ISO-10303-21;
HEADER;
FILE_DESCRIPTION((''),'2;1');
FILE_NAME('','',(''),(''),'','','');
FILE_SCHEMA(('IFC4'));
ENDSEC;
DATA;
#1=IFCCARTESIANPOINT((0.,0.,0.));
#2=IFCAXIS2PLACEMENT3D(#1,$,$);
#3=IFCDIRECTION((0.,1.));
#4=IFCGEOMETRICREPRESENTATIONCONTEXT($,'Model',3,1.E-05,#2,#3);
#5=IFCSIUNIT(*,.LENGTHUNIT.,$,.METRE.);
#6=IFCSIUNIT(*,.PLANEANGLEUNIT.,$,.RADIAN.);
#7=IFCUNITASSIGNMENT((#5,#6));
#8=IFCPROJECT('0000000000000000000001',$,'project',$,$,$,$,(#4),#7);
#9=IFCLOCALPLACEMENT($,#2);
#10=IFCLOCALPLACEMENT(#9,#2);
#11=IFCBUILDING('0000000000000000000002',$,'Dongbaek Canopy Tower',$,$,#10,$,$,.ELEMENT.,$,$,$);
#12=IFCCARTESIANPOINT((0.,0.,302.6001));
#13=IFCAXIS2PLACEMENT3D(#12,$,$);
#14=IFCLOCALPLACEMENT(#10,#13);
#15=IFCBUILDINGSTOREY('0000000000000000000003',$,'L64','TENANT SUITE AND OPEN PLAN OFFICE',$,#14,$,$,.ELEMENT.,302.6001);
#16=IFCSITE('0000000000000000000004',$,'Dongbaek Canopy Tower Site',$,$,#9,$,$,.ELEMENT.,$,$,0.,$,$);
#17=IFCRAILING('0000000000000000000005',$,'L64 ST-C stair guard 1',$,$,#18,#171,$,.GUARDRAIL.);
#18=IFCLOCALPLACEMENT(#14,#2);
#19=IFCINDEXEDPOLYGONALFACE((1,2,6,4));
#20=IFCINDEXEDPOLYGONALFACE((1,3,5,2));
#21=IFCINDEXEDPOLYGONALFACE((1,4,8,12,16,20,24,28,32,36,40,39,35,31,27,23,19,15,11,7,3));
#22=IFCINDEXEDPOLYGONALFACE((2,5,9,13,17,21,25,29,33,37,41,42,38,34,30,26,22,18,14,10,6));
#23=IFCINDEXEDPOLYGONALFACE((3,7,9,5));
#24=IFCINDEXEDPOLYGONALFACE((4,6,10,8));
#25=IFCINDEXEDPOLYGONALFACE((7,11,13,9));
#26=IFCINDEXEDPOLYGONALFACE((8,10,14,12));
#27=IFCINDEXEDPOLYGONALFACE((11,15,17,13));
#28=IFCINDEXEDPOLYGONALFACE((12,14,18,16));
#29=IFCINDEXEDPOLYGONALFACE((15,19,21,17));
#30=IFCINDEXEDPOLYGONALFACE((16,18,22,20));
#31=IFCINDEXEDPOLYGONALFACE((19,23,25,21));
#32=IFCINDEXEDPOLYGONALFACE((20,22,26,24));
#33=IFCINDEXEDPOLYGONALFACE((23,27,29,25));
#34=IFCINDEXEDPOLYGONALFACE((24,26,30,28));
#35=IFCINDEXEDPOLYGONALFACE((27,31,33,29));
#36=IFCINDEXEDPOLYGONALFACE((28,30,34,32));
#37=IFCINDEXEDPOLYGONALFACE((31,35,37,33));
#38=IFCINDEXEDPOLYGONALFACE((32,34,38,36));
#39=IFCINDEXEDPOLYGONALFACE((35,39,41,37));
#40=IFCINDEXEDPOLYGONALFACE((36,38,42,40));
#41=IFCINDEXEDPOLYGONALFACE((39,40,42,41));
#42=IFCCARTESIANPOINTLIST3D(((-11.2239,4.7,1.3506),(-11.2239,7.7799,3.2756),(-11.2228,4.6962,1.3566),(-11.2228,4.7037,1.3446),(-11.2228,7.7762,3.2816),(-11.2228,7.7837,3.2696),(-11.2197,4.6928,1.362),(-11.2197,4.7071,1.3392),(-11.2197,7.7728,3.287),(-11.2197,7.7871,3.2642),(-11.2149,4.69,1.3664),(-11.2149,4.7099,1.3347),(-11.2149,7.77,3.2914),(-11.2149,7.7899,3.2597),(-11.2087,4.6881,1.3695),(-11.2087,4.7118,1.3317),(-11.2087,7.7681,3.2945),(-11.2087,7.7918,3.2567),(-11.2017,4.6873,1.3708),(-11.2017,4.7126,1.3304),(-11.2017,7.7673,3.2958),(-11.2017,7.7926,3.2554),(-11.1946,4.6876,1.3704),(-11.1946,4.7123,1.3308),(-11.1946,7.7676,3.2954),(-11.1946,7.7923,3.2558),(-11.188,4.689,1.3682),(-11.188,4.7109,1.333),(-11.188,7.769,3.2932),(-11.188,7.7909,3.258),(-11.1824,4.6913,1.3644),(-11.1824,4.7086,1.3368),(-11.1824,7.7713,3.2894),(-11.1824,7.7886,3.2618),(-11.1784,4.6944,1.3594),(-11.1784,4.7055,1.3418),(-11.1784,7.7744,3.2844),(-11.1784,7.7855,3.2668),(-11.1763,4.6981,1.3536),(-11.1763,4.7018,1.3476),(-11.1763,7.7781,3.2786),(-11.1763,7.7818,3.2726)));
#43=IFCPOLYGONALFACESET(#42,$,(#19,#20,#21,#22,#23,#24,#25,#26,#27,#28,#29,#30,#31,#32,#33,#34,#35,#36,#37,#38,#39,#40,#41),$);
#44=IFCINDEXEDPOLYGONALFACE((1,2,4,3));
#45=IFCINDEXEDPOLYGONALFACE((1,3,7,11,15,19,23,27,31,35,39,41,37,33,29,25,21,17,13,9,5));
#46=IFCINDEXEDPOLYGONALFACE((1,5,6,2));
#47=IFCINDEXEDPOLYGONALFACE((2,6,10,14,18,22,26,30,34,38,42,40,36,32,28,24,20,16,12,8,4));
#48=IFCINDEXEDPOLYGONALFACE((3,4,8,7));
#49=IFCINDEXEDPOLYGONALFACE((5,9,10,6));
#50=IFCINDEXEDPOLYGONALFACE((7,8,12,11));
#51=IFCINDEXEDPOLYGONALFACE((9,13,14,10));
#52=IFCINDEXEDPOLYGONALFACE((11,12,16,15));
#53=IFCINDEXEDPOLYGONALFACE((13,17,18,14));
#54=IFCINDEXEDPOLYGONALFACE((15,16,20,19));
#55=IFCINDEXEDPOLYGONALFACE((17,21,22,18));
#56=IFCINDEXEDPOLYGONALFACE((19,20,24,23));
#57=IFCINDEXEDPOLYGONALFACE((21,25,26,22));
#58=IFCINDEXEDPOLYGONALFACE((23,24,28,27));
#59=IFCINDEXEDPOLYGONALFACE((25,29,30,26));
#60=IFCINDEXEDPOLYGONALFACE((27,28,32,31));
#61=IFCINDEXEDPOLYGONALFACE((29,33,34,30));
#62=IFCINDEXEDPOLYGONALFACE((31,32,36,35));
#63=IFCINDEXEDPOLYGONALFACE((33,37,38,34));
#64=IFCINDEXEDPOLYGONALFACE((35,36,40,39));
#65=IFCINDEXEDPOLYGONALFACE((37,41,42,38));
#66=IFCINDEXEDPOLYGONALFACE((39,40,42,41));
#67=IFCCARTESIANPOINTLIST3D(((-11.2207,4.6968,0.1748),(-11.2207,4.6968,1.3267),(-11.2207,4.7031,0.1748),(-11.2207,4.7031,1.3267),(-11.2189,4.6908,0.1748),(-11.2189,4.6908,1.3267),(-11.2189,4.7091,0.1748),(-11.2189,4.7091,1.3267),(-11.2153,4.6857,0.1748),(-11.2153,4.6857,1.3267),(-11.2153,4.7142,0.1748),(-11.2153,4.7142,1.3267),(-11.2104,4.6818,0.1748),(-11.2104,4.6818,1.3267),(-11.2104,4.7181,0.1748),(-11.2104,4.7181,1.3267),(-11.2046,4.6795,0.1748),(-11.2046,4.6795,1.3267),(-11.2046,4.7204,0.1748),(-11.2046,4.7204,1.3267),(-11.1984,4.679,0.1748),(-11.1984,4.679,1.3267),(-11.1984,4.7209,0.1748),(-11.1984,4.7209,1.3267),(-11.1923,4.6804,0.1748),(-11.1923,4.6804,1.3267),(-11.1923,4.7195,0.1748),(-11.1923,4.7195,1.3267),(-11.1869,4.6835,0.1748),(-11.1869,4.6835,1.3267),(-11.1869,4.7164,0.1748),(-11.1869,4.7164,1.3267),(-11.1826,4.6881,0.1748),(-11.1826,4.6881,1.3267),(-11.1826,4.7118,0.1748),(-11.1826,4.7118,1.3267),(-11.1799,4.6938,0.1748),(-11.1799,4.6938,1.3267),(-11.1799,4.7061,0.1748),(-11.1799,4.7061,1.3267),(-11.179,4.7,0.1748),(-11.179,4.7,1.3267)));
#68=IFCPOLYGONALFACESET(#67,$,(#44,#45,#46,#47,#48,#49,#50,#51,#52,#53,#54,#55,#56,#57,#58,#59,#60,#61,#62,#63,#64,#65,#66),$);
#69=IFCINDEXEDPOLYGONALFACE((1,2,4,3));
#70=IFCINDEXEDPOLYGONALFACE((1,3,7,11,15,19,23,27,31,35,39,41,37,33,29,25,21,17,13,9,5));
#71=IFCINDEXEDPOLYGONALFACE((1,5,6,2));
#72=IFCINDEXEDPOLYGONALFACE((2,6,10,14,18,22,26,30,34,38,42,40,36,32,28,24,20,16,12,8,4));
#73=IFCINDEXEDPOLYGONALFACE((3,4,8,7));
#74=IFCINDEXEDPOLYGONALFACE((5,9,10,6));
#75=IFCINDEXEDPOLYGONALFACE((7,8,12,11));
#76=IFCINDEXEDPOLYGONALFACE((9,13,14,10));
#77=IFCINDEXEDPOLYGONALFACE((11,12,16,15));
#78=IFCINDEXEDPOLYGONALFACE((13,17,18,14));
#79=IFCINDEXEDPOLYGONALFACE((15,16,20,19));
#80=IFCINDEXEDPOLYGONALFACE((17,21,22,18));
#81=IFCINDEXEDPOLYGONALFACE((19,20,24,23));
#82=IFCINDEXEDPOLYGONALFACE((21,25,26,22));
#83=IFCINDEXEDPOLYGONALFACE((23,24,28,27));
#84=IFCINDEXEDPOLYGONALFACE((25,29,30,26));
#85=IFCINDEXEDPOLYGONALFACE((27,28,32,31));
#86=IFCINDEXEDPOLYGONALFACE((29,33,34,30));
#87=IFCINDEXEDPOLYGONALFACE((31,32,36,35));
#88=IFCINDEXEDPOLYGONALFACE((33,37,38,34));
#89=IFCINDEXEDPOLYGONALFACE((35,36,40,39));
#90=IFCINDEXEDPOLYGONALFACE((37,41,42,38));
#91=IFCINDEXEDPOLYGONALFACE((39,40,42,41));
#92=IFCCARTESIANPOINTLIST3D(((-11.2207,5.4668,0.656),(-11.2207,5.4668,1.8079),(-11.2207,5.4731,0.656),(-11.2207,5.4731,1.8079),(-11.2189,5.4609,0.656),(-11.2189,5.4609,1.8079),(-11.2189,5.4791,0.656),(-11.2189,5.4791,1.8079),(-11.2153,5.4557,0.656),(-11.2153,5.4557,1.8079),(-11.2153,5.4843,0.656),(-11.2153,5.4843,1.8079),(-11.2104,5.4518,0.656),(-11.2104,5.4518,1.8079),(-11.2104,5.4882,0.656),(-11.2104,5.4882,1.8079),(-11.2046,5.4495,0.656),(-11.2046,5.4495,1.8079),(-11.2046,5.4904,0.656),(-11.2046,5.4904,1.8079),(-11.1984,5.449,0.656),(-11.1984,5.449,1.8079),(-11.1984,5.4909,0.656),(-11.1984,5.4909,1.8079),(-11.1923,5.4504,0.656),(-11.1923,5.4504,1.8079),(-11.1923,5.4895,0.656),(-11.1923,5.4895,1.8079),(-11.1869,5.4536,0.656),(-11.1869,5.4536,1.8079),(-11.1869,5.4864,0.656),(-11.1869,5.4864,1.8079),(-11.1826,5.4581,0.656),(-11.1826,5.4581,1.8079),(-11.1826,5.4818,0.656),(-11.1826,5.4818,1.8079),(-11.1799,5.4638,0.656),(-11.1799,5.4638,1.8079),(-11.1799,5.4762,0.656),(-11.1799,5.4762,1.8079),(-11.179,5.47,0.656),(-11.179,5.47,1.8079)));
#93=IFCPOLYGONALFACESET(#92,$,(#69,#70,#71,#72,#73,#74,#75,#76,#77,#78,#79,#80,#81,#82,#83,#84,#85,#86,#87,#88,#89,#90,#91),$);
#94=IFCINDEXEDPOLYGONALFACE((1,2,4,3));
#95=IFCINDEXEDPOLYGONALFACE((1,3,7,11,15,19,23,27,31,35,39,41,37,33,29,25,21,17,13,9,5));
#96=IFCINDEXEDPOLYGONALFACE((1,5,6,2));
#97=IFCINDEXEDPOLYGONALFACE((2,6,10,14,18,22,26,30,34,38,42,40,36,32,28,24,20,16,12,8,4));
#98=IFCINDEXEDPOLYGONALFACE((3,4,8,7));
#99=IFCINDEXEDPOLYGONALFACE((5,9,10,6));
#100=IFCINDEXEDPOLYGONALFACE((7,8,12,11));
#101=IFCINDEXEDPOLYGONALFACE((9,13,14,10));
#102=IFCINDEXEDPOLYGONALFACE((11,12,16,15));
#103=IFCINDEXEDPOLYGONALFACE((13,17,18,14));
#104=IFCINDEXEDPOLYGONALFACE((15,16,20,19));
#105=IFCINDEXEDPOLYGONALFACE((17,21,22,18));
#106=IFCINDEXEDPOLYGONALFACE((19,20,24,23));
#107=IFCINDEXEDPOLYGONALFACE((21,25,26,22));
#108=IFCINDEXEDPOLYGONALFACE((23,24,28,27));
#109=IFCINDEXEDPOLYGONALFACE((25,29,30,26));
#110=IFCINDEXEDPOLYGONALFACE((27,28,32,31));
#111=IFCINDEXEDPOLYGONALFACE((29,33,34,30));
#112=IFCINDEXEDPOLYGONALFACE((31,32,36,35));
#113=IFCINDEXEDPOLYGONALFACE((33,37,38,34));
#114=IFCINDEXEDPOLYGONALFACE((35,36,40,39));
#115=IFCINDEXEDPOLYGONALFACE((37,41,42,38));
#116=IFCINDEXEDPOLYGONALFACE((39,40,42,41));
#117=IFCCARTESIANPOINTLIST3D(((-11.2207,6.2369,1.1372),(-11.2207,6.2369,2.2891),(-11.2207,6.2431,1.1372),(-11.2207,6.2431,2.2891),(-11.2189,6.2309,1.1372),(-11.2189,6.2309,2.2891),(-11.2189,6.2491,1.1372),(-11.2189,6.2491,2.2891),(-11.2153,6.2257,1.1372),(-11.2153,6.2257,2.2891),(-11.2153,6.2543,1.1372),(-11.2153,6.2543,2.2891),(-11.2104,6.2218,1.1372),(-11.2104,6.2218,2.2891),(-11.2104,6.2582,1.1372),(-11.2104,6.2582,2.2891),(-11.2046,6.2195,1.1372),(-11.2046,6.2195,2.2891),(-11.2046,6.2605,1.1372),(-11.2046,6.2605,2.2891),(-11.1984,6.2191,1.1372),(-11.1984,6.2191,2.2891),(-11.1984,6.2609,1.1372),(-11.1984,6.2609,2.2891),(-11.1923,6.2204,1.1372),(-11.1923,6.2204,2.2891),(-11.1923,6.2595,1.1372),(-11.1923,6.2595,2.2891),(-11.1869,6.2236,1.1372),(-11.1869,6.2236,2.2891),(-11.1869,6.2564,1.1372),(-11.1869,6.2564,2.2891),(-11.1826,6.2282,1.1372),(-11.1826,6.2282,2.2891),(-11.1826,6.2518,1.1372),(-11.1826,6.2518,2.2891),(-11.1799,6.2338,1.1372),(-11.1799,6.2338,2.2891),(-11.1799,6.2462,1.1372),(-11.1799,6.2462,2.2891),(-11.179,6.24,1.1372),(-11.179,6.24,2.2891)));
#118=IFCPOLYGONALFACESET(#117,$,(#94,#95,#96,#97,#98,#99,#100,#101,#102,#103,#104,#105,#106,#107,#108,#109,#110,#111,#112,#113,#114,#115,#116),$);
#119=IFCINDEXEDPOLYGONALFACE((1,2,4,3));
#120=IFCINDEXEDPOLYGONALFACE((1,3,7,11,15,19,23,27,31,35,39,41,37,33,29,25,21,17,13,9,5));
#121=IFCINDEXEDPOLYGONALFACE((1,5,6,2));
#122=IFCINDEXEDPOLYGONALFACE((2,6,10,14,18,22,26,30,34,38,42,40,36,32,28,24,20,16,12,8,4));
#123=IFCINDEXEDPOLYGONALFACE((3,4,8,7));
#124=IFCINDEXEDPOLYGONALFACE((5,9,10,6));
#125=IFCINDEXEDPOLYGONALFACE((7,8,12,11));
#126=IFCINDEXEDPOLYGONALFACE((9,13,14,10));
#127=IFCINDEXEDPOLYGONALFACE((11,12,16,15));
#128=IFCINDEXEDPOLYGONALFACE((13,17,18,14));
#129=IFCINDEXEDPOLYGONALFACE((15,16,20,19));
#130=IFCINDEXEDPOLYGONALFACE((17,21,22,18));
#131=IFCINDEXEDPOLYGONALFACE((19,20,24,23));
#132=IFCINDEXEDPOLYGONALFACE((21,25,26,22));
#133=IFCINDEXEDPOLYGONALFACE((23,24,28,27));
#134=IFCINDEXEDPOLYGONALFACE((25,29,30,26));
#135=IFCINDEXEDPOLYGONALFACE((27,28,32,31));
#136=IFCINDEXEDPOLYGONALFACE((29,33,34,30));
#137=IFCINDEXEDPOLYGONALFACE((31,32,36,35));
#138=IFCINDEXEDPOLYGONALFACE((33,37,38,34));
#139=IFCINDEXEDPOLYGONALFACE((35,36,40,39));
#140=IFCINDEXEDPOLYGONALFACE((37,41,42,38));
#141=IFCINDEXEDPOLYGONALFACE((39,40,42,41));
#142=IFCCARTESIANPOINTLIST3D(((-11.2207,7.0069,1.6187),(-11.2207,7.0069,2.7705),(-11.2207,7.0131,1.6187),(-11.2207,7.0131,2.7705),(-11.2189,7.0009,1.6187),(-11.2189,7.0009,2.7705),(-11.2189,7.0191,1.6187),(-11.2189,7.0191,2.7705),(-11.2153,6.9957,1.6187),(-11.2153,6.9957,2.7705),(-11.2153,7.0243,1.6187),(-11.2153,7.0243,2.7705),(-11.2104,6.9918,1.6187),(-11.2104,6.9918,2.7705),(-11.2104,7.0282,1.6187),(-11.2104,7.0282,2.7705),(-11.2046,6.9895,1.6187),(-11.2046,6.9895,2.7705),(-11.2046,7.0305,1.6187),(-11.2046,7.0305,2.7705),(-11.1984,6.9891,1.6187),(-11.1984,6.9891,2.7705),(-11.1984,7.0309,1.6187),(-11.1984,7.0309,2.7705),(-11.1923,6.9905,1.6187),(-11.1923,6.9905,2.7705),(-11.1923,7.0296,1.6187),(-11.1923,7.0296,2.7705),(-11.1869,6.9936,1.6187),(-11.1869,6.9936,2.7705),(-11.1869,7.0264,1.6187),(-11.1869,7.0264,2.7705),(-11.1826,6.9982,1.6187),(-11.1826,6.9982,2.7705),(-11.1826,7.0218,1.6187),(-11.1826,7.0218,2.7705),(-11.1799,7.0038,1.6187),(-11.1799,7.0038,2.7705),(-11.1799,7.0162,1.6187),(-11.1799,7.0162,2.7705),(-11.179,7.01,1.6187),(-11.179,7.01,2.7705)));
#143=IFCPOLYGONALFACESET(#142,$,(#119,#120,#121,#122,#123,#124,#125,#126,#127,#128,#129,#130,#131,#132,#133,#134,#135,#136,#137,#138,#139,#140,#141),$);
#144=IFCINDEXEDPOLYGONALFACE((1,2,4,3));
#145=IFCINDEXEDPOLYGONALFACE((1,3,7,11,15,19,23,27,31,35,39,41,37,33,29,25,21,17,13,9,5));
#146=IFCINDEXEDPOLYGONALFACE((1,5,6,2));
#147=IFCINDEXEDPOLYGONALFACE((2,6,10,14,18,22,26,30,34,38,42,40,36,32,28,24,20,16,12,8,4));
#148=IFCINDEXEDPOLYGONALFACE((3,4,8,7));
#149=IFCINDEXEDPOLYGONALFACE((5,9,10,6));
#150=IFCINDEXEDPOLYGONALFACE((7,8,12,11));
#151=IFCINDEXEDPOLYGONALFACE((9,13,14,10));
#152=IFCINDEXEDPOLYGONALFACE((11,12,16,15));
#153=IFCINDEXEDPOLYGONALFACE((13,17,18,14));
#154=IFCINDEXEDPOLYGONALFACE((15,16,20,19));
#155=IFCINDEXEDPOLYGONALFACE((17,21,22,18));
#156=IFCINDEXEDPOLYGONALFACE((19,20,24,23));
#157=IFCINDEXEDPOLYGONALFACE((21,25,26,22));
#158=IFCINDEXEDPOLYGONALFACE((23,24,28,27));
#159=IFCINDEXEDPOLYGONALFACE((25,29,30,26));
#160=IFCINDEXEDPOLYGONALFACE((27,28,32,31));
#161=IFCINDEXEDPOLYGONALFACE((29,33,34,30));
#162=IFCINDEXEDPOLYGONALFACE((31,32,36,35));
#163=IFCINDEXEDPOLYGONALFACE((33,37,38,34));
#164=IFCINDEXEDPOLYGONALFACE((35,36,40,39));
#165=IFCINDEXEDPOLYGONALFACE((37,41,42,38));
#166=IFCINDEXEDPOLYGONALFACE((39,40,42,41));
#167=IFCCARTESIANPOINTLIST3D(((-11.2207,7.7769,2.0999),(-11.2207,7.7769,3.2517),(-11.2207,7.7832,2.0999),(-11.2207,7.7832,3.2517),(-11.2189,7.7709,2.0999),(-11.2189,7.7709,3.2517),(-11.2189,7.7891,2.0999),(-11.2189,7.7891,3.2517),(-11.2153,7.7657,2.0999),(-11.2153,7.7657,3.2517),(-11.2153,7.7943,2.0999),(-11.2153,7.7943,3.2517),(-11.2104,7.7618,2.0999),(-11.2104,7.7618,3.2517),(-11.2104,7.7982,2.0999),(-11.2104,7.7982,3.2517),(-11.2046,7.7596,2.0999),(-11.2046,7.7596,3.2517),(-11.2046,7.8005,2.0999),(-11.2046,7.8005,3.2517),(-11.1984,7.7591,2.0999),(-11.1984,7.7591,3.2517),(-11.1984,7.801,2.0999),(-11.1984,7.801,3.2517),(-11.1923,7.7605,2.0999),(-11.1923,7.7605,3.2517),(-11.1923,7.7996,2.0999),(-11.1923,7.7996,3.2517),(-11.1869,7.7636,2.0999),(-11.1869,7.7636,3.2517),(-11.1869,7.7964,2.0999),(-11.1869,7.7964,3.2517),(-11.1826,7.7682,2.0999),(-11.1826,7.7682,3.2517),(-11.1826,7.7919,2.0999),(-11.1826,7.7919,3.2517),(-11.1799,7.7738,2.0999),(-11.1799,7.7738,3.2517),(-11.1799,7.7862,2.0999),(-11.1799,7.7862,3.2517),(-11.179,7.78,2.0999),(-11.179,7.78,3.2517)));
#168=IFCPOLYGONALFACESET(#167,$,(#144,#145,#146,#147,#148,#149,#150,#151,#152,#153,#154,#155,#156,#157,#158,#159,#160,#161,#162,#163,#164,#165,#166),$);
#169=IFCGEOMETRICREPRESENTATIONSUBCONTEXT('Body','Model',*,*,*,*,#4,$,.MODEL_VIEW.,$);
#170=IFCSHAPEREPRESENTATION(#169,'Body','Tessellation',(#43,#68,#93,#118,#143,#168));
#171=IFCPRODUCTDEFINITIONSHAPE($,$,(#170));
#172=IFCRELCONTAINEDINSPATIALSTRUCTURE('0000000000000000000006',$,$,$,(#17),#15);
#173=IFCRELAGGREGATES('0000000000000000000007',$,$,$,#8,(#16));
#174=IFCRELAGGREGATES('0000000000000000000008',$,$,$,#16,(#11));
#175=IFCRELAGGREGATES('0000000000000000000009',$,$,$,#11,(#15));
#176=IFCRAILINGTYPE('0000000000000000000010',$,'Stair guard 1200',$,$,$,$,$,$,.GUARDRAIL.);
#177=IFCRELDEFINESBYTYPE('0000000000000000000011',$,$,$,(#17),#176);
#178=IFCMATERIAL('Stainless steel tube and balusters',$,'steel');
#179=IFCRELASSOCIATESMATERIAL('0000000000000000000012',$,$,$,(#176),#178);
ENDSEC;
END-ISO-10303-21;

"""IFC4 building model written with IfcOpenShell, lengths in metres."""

from ifc_helpers import new_model, si_unit, direction, frame, origin, origin_2d, place, context, subcontext, project, spatial, circle, extrude, material, type_object, element, save


model = new_model("IFC4")

# Units and contexts
model_context = context("Model", 3, precision=1e-05, world=origin(), true_north=direction((0.0, 1.0)))
body_context = subcontext(model_context, "Body", "Model", "MODEL_VIEW")
ifc_project = project(units=[si_unit("LENGTHUNIT", "METRE"), si_unit("PLANEANGLEUNIT", "RADIAN")], contexts=[model_context])

# Site, building, storey
site_placement = place(None, origin())
site = spatial("IfcSite", under=ifc_project, at=site_placement, Name="Dongbaek Canopy Tower Site", CompositionType="ELEMENT", RefElevation=0.0)
building_placement = place(site_placement, origin())
building = spatial("IfcBuilding", under=site, at=building_placement, Name="Dongbaek Canopy Tower", CompositionType="ELEMENT")
storey_placement = place(building_placement, frame((0.0, 0.0, 302.6001)))
storey = spatial("IfcBuildingStorey", under=building, at=storey_placement, Name="L64", Description="TENANT SUITE AND OPEN PLAN OFFICE", CompositionType="ELEMENT", Elevation=302.6001)

# Railing
ifc_material_1 = material(Name="Stainless steel tube and balusters", Category="steel")
railing_type_1 = type_object("IfcRailingType", Name="Stair guard 1200", PredefinedType="GUARDRAIL", material=ifc_material_1)
railing_1_placement = place(storey_placement, frame((-11.2, 4.7, 0.1748)))
element("IfcRailing", 1, at=railing_1_placement, inside=storey, type_object=railing_type_1, Name="L64 ST-C stair guard 1", PredefinedType="GUARDRAIL", context=body_context, shape_type="SweptSolid", body=[
    extrude(circle(Radius=0.0239, at=origin_2d()), frame((0.0, 0.0, 1.1758), z_axis=(0.0, 0.847998, 0.529999), x_axis=(-1.0, 0.0, 0.0)), (0.0, 0.0, 1.0), 3.6321),
    extrude(circle(Radius=0.021, at=origin_2d()), origin(), (0.0, 0.0, 1.0), 1.1519),
    extrude(circle(Radius=0.021, at=origin_2d()), frame((0.0, 0.77, 0.4812)), (0.0, 0.0, 1.0), 1.1519),
    extrude(circle(Radius=0.021, at=origin_2d()), frame((0.0, 1.54, 0.9624)), (0.0, 0.0, 1.0), 1.1519),
    extrude(circle(Radius=0.021, at=origin_2d()), frame((0.0, 2.3101, 1.4438)), (0.0, 0.0, 1.0), 1.1519),
    extrude(circle(Radius=0.021, at=origin_2d()), frame((0.0, 3.0801, 1.925)), (0.0, 0.0, 1.0), 1.1519),
])

save(model, "model.ifc")
